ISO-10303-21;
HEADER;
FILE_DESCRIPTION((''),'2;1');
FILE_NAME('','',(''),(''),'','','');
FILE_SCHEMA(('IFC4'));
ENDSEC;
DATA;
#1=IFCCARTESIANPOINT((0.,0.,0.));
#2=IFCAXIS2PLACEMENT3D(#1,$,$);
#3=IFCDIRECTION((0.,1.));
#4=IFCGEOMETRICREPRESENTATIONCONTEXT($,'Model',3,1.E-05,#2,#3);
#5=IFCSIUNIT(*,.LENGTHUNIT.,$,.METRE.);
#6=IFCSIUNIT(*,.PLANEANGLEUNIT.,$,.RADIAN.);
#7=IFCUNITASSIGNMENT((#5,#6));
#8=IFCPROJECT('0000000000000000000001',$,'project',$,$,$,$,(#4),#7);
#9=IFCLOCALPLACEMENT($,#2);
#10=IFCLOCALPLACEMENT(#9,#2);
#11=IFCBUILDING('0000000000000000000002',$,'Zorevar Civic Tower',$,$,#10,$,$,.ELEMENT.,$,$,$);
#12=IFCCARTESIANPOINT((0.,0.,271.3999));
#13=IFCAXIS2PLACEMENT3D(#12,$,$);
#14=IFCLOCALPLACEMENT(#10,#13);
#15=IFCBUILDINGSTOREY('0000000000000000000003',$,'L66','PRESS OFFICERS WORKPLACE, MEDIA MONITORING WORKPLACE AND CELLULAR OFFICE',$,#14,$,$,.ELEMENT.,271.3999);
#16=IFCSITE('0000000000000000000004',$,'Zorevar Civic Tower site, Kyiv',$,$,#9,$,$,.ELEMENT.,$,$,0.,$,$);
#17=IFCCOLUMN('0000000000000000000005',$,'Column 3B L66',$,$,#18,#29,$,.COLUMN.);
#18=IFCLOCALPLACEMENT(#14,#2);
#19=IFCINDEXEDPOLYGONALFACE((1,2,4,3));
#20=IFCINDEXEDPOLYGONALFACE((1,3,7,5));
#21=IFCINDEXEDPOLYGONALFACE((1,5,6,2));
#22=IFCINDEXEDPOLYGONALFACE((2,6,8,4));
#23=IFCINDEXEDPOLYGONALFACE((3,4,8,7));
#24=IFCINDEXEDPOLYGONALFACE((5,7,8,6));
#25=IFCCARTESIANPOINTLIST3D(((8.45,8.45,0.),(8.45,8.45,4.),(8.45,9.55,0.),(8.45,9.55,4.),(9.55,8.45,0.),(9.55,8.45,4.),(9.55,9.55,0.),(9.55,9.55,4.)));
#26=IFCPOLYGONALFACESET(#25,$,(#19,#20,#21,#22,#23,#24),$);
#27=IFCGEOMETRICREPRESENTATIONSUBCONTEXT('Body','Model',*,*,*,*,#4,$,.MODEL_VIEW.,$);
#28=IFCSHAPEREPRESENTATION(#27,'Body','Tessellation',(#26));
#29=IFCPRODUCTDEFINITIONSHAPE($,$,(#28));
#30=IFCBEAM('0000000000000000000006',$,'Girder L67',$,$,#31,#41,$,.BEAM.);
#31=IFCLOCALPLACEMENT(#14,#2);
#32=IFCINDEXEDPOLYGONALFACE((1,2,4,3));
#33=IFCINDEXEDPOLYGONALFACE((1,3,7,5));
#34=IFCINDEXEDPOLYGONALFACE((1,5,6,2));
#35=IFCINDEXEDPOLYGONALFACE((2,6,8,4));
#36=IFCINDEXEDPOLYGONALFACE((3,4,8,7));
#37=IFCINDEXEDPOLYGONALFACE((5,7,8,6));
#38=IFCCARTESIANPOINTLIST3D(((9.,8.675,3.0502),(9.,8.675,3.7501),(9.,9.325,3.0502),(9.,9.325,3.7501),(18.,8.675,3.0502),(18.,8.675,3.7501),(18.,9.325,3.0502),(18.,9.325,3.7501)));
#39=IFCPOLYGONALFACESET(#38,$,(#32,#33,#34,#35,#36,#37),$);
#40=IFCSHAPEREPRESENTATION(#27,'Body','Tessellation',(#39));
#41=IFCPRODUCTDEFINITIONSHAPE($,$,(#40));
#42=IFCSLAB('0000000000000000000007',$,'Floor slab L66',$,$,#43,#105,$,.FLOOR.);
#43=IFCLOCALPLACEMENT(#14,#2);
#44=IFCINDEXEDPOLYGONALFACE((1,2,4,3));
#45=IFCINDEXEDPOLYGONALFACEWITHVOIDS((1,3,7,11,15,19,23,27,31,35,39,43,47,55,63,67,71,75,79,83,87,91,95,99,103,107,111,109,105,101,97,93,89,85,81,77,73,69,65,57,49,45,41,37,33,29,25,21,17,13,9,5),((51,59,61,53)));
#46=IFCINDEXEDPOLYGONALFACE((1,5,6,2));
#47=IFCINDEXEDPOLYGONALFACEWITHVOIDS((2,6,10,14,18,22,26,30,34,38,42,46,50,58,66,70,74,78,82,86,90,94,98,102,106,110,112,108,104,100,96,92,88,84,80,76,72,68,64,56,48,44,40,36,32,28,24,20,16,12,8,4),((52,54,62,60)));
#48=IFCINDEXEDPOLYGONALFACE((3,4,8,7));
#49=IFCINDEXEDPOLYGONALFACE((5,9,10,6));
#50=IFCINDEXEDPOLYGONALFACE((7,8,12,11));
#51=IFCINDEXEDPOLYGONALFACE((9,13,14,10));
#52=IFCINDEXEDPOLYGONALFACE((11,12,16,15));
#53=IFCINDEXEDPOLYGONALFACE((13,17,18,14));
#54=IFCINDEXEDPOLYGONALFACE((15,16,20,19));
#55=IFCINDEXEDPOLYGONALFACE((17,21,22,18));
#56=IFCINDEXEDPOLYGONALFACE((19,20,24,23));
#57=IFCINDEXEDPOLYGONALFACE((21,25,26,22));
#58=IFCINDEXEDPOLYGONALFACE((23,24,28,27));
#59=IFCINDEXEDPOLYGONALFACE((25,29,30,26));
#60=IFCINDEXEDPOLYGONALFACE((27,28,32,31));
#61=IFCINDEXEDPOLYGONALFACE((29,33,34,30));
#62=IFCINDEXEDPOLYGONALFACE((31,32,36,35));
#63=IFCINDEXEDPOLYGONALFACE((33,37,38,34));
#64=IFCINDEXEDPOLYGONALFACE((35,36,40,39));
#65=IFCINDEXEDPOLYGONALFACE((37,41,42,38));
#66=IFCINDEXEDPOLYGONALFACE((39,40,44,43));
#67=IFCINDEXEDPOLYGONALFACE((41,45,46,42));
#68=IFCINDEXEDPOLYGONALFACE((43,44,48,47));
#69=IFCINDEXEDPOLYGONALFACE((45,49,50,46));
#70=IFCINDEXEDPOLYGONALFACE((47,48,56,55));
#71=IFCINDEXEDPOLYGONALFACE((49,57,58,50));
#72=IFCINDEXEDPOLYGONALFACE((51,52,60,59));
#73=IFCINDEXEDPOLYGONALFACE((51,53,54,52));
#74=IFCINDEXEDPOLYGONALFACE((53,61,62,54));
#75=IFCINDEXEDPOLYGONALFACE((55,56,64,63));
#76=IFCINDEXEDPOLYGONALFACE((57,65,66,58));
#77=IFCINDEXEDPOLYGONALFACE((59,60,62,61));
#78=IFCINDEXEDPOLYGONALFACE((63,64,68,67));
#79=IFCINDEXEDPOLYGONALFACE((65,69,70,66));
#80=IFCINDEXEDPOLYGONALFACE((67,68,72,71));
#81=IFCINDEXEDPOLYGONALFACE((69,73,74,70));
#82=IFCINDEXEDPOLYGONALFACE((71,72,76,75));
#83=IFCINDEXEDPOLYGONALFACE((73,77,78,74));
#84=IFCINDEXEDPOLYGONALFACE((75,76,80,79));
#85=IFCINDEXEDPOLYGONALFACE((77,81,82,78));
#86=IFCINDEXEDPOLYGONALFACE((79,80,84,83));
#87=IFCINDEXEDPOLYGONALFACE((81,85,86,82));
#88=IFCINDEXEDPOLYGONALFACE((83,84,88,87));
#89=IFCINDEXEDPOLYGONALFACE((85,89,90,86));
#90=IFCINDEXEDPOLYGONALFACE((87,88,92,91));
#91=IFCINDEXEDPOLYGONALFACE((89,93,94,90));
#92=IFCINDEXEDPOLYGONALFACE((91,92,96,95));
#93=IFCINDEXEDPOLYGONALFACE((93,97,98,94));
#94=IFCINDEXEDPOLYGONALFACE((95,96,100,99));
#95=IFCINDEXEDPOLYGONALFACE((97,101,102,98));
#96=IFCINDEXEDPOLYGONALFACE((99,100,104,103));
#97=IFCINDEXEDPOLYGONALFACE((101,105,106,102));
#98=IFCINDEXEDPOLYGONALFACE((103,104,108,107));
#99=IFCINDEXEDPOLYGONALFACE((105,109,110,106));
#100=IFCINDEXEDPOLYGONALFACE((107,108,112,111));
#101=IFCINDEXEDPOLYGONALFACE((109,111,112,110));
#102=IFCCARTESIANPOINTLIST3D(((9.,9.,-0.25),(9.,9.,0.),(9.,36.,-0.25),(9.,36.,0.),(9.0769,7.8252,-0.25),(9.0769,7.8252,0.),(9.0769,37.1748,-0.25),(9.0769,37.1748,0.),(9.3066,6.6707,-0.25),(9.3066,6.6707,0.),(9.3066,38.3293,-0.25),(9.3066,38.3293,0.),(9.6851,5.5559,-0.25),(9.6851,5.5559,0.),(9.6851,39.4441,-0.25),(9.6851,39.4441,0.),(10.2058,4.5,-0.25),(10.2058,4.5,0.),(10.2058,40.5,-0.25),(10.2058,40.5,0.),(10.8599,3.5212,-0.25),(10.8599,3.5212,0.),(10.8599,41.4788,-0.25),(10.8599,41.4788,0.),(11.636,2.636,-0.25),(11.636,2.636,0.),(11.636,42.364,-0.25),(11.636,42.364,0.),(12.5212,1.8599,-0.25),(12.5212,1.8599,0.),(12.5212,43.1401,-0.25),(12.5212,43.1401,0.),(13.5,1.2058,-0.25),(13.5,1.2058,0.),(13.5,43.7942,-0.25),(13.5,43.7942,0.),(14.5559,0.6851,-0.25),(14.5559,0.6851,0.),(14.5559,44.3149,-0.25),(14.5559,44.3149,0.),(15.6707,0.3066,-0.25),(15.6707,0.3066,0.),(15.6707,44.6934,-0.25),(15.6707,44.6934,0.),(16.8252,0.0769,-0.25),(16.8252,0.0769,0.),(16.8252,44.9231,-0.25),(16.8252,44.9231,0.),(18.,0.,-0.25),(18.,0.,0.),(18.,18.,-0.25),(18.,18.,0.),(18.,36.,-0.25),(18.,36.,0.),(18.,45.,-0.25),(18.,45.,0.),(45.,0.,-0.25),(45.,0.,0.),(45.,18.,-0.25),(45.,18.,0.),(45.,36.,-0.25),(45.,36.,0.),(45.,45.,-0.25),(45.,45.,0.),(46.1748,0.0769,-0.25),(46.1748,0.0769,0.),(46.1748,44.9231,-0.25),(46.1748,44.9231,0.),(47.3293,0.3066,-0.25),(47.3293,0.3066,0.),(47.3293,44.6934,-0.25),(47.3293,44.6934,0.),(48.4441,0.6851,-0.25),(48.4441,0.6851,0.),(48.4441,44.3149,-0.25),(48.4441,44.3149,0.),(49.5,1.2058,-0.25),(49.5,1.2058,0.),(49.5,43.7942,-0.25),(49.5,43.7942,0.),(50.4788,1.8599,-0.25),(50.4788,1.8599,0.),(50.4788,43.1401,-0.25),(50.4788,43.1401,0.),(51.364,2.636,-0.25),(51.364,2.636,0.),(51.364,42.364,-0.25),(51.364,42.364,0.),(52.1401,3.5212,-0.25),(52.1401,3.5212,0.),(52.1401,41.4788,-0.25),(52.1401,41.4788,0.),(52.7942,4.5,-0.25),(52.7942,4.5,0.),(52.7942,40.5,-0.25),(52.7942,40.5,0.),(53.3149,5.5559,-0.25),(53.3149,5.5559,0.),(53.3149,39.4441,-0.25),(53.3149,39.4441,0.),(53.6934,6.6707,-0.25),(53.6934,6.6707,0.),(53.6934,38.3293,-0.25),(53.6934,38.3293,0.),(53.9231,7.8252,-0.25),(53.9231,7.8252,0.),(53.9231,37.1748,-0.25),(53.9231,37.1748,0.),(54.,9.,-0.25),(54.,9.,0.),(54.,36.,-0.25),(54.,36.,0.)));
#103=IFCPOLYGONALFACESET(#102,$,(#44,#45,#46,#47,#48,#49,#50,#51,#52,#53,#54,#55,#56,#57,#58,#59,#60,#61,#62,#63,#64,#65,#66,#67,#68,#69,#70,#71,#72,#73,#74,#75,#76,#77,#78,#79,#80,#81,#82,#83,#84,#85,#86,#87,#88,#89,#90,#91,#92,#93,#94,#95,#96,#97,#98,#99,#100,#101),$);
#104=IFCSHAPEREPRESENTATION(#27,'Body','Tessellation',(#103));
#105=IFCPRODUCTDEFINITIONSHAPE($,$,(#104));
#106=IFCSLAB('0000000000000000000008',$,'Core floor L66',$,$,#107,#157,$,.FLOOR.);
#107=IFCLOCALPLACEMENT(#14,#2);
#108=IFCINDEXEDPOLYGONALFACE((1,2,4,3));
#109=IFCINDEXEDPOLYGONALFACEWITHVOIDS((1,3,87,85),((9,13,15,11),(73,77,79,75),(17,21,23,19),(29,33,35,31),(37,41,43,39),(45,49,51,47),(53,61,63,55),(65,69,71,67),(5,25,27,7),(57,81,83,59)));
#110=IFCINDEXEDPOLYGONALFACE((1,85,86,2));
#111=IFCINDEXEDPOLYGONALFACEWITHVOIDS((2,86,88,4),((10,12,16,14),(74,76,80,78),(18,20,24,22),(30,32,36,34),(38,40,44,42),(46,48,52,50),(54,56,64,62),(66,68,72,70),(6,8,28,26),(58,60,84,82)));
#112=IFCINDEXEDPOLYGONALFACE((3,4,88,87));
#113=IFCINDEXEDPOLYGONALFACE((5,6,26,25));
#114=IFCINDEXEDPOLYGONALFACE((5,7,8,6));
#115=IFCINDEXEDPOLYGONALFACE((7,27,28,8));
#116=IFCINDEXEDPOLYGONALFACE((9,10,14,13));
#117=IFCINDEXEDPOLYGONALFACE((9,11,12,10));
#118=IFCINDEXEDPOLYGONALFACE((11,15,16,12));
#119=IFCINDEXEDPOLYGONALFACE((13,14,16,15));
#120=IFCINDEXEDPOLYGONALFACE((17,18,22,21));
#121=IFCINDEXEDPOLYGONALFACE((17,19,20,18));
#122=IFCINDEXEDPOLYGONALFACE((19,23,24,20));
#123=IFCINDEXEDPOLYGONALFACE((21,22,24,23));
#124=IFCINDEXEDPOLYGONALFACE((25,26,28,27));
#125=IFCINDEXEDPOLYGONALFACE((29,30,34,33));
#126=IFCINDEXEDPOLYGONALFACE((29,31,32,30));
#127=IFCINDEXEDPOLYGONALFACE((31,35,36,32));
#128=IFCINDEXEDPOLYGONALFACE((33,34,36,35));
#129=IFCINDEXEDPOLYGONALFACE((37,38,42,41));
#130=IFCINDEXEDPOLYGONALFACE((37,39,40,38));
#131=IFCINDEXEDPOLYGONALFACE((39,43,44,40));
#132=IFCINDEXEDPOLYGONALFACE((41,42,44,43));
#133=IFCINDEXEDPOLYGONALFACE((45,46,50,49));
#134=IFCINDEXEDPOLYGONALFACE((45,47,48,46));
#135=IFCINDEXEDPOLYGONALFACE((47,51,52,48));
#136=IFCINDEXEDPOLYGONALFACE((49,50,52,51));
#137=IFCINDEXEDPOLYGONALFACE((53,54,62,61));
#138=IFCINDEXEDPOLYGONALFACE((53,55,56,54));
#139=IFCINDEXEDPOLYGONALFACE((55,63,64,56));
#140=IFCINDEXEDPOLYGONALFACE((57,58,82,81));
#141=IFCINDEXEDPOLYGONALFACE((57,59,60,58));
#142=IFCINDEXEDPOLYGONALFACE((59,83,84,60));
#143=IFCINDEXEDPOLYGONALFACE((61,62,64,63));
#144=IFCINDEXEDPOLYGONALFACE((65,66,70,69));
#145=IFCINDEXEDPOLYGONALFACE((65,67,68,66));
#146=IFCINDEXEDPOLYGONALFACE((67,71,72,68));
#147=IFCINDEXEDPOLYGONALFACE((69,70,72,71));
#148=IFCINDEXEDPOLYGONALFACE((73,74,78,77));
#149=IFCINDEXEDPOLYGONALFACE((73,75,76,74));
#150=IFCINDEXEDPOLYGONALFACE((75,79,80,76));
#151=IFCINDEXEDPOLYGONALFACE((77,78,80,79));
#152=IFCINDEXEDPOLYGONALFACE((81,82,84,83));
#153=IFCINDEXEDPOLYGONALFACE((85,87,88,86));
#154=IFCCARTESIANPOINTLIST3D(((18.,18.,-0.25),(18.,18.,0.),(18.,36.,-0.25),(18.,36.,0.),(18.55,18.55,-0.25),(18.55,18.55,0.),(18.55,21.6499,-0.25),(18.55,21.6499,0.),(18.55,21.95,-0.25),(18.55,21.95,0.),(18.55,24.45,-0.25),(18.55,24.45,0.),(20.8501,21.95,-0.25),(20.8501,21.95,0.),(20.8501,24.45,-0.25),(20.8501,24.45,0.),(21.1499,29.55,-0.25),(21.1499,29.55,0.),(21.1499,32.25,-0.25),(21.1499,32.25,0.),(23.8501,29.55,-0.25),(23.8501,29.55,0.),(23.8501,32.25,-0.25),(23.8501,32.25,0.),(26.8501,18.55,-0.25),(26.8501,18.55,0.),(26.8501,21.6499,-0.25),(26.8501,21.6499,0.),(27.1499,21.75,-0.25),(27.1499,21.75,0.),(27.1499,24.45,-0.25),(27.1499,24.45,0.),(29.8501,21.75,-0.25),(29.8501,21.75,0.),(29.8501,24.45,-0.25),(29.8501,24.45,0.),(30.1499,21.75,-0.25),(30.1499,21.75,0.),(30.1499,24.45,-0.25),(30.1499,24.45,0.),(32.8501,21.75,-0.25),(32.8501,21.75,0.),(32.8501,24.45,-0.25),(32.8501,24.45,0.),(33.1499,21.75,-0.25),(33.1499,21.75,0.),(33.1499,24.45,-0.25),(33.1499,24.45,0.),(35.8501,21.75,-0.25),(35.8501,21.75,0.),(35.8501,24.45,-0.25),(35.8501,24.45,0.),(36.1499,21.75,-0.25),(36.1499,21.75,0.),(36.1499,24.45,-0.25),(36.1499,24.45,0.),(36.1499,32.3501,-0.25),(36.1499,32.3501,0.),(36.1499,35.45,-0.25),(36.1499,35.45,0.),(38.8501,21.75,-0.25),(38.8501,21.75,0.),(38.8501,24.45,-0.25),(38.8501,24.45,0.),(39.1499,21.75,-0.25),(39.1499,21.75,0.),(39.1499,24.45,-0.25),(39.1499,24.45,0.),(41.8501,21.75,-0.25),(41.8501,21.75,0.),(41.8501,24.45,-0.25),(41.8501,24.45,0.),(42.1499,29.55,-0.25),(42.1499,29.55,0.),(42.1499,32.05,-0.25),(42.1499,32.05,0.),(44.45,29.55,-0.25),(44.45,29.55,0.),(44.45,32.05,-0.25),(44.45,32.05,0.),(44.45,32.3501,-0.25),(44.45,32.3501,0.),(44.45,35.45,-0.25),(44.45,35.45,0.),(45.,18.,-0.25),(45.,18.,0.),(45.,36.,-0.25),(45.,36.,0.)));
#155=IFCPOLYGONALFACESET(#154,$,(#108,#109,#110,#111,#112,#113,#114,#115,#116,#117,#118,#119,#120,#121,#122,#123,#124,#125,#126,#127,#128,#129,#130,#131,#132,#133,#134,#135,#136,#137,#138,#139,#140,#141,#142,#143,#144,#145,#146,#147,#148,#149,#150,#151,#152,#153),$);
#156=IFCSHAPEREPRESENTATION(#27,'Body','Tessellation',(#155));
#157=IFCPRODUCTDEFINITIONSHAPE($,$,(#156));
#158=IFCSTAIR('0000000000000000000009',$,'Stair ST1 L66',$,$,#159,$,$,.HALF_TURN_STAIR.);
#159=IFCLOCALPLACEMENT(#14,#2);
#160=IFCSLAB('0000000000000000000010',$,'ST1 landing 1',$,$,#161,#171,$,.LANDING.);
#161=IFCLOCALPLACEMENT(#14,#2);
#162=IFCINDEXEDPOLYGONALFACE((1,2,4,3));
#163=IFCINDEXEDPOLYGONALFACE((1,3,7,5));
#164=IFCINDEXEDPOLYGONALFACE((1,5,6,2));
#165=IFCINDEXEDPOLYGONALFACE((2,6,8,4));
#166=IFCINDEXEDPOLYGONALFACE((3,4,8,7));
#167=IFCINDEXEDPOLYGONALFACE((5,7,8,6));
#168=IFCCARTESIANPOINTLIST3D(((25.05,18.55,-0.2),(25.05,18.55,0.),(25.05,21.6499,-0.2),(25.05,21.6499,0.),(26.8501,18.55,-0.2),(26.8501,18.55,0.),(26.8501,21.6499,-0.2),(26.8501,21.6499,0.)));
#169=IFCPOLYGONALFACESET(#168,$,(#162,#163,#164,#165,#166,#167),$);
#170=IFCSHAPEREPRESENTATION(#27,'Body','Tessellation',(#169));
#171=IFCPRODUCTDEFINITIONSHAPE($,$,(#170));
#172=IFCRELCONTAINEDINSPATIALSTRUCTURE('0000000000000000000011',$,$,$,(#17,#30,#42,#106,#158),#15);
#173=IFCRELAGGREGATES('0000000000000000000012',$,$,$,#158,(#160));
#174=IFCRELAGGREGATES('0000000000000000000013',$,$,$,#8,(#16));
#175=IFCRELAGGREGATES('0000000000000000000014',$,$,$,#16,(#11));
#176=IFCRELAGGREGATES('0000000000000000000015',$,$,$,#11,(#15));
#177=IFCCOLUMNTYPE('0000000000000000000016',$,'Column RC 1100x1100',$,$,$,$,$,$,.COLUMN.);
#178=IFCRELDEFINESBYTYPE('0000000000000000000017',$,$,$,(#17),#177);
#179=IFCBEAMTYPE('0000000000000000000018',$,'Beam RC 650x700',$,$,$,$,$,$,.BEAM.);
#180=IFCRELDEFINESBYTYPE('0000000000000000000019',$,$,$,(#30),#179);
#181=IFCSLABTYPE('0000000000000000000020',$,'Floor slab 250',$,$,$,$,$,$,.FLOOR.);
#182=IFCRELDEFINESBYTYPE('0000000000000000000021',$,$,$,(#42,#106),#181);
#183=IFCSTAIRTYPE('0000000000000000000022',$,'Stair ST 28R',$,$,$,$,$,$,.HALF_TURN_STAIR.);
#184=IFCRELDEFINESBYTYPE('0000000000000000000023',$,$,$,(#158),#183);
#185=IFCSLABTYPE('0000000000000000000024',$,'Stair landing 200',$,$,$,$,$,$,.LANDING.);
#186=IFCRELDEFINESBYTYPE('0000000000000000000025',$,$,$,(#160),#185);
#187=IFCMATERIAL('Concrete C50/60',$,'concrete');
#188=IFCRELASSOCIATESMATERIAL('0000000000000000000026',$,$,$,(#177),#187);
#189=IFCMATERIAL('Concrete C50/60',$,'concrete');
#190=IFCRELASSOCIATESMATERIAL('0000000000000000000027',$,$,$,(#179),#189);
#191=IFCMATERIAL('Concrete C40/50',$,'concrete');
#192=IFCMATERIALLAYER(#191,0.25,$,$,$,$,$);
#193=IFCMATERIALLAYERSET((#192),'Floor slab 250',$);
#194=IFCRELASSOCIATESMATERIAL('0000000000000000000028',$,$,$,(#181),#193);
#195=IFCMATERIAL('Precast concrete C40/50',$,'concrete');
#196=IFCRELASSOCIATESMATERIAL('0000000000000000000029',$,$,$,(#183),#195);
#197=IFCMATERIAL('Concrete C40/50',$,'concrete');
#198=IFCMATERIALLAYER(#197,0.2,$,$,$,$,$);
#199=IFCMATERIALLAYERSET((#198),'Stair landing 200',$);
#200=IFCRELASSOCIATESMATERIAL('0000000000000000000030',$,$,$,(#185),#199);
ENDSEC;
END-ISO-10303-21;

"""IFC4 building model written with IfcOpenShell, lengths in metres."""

from ifc_helpers import new_model, si_unit, direction, frame, origin, origin_2d, place, context, subcontext, project, spatial, polyline, rectangle, outline, extrude, material, layer, layer_set, material_profile, profile_set, type_object, element, aggregate, save


model = new_model("IFC4")

# Units and contexts
model_context = context("Model", 3, precision=1e-05, world=origin(), true_north=direction((0.0, 1.0)))
body_context = subcontext(model_context, "Body", "Model", "MODEL_VIEW")
ifc_project = project(units=[si_unit("LENGTHUNIT", "METRE"), si_unit("PLANEANGLEUNIT", "RADIAN")], contexts=[model_context])

# Site, building, storey
site_placement = place(None, origin())
site = spatial("IfcSite", under=ifc_project, at=site_placement, Name="Zorevar Civic Tower site, Kyiv", CompositionType="ELEMENT", RefElevation=0.0)
building_placement = place(site_placement, origin())
building = spatial("IfcBuilding", under=site, at=building_placement, Name="Zorevar Civic Tower", CompositionType="ELEMENT")
storey_placement = place(building_placement, frame((0.0, 0.0, 271.3999)))
storey = spatial("IfcBuildingStorey", under=building, at=storey_placement, Name="L66", Description="PRESS OFFICERS WORKPLACE, MEDIA MONITORING WORKPLACE AND CELLULAR OFFICE", CompositionType="ELEMENT", Elevation=271.3999)

# Column
ifc_material_1 = material(Name="Concrete C50/60", Category="concrete")
ifc_material_profile_1 = material_profile(ifc_material_1, rectangle(XDim=1.1001, YDim=1.1001, at=origin_2d()), Name="RC 1100x1100")
ifc_profile_set_1 = profile_set([ifc_material_profile_1], Name="Concrete C50/60")
column_type = type_object("IfcColumnType", Name="Column RC 1100x1100", PredefinedType="COLUMN", material=ifc_profile_set_1)
column_placement = place(storey_placement, frame((9.0, 9.0, 0.0), z_axis=(0.0, 0.0, 1.0), x_axis=(1.0, 0.0, 0.0)))
element("IfcColumn", 1, at=column_placement, inside=storey, type_object=column_type, Name="Column 3B L66", PredefinedType="COLUMN", context=body_context, shape_type="SweptSolid", body=[
    extrude(rectangle(XDim=1.1001, YDim=1.1001, at=origin_2d()), origin(), (0.0, 0.0, 1.0), 4.0),
])

# Beam
ifc_material_2 = material(Name="Concrete C50/60", Category="concrete")
ifc_material_profile_2 = material_profile(ifc_material_2, rectangle(XDim=0.6499, YDim=0.7, at=origin_2d()), Name="RC 650x700")
ifc_profile_set_2 = profile_set([ifc_material_profile_2], Name="Concrete C50/60")
beam_type = type_object("IfcBeamType", Name="Beam RC 650x700", PredefinedType="BEAM", material=ifc_profile_set_2)
beam_placement = place(storey_placement, frame((9.0, 9.0, 3.4001), z_axis=(1.0, 0.0, 0.0), x_axis=(0.0, 1.0, 0.0)))
element("IfcBeam", 2, at=beam_placement, inside=storey, type_object=beam_type, Name="Girder L67", PredefinedType="BEAM", context=body_context, shape_type="SweptSolid", body=[
    extrude(rectangle(XDim=0.6499, YDim=0.7, at=origin_2d()), origin(), (0.0, 0.0, 1.0), 9.0),
])

# Slabs
ifc_material_3 = material(Name="Concrete C40/50", Category="concrete")
ifc_layer_1 = layer(ifc_material_3, 0.25)
ifc_layer_set_1 = layer_set([ifc_layer_1], Name="Floor slab 250")
slab_type_1 = type_object("IfcSlabType", Name="Floor slab 250", PredefinedType="FLOOR", material=ifc_layer_set_1)
slab_1_placement = place(storey_placement, frame((0.0, 0.0, -0.25)))
element("IfcSlab", 3, at=slab_1_placement, inside=storey, type_object=slab_type_1, Name="Floor slab L66", PredefinedType="FLOOR", context=body_context, shape_type="SweptSolid", body=[
    extrude(outline(polyline([(45.0, 0.0), (46.1748, 0.0769), (47.3293, 0.3066), (48.4441, 0.6851), (49.5, 1.2058), (50.4788, 1.8599), (51.364, 2.636), (52.1401, 3.5212), (52.7942, 4.5), (53.3149, 5.5559), (53.6934, 6.6707), (53.9231, 7.8252), (54.0, 9.0), (54.0, 36.0), (53.9231, 37.1748), (53.6934, 38.3293), (53.3149, 39.4441), (52.7942, 40.5), (52.1401, 41.4788), (51.364, 42.364), (50.4788, 43.1401), (49.5, 43.7942), (48.4441, 44.3149), (47.3293, 44.6934), (46.1748, 44.9231), (45.0, 45.0), (18.0, 45.0), (16.8252, 44.9231), (15.6707, 44.6934), (14.5559, 44.3149), (13.5, 43.7942), (12.5212, 43.1401), (11.636, 42.364), (10.8599, 41.4788), (10.2058, 40.5), (9.6851, 39.4441), (9.3066, 38.3293), (9.0769, 37.1748), (9.0, 36.0), (9.0, 9.0), (9.0769, 7.8252), (9.3066, 6.6707), (9.6851, 5.5559), (10.2058, 4.5), (10.8599, 3.5212), (11.636, 2.636), (12.5212, 1.8599), (13.5, 1.2058), (14.5559, 0.6851), (15.6707, 0.3066), (16.8252, 0.0769), (18.0, 0.0), (45.0, 0.0)]), holes=[polyline([(18.0, 18.0), (45.0, 18.0), (45.0, 36.0), (18.0, 36.0), (18.0, 18.0)])]), origin(), (0.0, 0.0, 1.0), 0.25),
])
slab_2_placement = place(storey_placement, frame((0.0, 0.0, -0.25)))
element("IfcSlab", 4, at=slab_2_placement, inside=storey, type_object=slab_type_1, Name="Core floor L66", PredefinedType="FLOOR", context=body_context, shape_type="SweptSolid", body=[
    extrude(outline(polyline([(18.0, 18.0), (45.0, 18.0), (45.0, 36.0), (18.0, 36.0), (18.0, 18.0)]), holes=[polyline([(18.55, 18.55), (26.8501, 18.55), (26.8501, 21.6499), (18.55, 21.6499), (18.55, 18.55)]), polyline([(36.1499, 32.3501), (44.45, 32.3501), (44.45, 35.45), (36.1499, 35.45), (36.1499, 32.3501)]), polyline([(18.55, 21.95), (20.8501, 21.95), (20.8501, 24.45), (18.55, 24.45), (18.55, 21.95)]), polyline([(42.1499, 29.55), (44.45, 29.55), (44.45, 32.05), (42.1499, 32.05), (42.1499, 29.55)]), polyline([(27.1499, 21.75), (29.8501, 21.75), (29.8501, 24.45), (27.1499, 24.45), (27.1499, 21.75)]), polyline([(30.1499, 21.75), (32.8501, 21.75), (32.8501, 24.45), (30.1499, 24.45), (30.1499, 21.75)]), polyline([(33.1499, 21.75), (35.8501, 21.75), (35.8501, 24.45), (33.1499, 24.45), (33.1499, 21.75)]), polyline([(36.1499, 21.75), (38.8501, 21.75), (38.8501, 24.45), (36.1499, 24.45), (36.1499, 21.75)]), polyline([(39.1499, 21.75), (41.8501, 21.75), (41.8501, 24.45), (39.1499, 24.45), (39.1499, 21.75)]), polyline([(21.1499, 29.55), (23.8501, 29.55), (23.8501, 32.25), (21.1499, 32.25), (21.1499, 29.55)])]), origin(), (0.0, 0.0, 1.0), 0.25),
])

# Stair, slab
ifc_material_4 = material(Name="Precast concrete C40/50", Category="concrete")
stair_type = type_object("IfcStairType", Name="Stair ST 28R", PredefinedType="HALF_TURN_STAIR", material=ifc_material_4)
stair_1_placement = place(storey_placement, origin())
stair_1 = element("IfcStair", 5, at=stair_1_placement, inside=storey, type_object=stair_type, Name="Stair ST1 L66", PredefinedType="HALF_TURN_STAIR")
ifc_material_5 = material(Name="Concrete C40/50", Category="concrete")
ifc_layer_2 = layer(ifc_material_5, 0.2)
ifc_layer_set_2 = layer_set([ifc_layer_2], Name="Stair landing 200")
slab_type_2 = type_object("IfcSlabType", Name="Stair landing 200", PredefinedType="LANDING", material=ifc_layer_set_2)
slab_3_placement = place(storey_placement, frame((0.0, 0.0, -0.2)))
slab_3 = element("IfcSlab", 6, at=slab_3_placement, type_object=slab_type_2, Name="ST1 landing 1", PredefinedType="LANDING", context=body_context, shape_type="SweptSolid", body=[
    extrude(outline(polyline([(25.05, 18.55), (26.8501, 18.55), (26.8501, 21.6499), (25.05, 21.6499), (25.05, 18.55)])), origin(), (0.0, 0.0, 1.0), 0.2),
])
aggregate(stair_1, [slab_3])

save(model, "model.ifc")
